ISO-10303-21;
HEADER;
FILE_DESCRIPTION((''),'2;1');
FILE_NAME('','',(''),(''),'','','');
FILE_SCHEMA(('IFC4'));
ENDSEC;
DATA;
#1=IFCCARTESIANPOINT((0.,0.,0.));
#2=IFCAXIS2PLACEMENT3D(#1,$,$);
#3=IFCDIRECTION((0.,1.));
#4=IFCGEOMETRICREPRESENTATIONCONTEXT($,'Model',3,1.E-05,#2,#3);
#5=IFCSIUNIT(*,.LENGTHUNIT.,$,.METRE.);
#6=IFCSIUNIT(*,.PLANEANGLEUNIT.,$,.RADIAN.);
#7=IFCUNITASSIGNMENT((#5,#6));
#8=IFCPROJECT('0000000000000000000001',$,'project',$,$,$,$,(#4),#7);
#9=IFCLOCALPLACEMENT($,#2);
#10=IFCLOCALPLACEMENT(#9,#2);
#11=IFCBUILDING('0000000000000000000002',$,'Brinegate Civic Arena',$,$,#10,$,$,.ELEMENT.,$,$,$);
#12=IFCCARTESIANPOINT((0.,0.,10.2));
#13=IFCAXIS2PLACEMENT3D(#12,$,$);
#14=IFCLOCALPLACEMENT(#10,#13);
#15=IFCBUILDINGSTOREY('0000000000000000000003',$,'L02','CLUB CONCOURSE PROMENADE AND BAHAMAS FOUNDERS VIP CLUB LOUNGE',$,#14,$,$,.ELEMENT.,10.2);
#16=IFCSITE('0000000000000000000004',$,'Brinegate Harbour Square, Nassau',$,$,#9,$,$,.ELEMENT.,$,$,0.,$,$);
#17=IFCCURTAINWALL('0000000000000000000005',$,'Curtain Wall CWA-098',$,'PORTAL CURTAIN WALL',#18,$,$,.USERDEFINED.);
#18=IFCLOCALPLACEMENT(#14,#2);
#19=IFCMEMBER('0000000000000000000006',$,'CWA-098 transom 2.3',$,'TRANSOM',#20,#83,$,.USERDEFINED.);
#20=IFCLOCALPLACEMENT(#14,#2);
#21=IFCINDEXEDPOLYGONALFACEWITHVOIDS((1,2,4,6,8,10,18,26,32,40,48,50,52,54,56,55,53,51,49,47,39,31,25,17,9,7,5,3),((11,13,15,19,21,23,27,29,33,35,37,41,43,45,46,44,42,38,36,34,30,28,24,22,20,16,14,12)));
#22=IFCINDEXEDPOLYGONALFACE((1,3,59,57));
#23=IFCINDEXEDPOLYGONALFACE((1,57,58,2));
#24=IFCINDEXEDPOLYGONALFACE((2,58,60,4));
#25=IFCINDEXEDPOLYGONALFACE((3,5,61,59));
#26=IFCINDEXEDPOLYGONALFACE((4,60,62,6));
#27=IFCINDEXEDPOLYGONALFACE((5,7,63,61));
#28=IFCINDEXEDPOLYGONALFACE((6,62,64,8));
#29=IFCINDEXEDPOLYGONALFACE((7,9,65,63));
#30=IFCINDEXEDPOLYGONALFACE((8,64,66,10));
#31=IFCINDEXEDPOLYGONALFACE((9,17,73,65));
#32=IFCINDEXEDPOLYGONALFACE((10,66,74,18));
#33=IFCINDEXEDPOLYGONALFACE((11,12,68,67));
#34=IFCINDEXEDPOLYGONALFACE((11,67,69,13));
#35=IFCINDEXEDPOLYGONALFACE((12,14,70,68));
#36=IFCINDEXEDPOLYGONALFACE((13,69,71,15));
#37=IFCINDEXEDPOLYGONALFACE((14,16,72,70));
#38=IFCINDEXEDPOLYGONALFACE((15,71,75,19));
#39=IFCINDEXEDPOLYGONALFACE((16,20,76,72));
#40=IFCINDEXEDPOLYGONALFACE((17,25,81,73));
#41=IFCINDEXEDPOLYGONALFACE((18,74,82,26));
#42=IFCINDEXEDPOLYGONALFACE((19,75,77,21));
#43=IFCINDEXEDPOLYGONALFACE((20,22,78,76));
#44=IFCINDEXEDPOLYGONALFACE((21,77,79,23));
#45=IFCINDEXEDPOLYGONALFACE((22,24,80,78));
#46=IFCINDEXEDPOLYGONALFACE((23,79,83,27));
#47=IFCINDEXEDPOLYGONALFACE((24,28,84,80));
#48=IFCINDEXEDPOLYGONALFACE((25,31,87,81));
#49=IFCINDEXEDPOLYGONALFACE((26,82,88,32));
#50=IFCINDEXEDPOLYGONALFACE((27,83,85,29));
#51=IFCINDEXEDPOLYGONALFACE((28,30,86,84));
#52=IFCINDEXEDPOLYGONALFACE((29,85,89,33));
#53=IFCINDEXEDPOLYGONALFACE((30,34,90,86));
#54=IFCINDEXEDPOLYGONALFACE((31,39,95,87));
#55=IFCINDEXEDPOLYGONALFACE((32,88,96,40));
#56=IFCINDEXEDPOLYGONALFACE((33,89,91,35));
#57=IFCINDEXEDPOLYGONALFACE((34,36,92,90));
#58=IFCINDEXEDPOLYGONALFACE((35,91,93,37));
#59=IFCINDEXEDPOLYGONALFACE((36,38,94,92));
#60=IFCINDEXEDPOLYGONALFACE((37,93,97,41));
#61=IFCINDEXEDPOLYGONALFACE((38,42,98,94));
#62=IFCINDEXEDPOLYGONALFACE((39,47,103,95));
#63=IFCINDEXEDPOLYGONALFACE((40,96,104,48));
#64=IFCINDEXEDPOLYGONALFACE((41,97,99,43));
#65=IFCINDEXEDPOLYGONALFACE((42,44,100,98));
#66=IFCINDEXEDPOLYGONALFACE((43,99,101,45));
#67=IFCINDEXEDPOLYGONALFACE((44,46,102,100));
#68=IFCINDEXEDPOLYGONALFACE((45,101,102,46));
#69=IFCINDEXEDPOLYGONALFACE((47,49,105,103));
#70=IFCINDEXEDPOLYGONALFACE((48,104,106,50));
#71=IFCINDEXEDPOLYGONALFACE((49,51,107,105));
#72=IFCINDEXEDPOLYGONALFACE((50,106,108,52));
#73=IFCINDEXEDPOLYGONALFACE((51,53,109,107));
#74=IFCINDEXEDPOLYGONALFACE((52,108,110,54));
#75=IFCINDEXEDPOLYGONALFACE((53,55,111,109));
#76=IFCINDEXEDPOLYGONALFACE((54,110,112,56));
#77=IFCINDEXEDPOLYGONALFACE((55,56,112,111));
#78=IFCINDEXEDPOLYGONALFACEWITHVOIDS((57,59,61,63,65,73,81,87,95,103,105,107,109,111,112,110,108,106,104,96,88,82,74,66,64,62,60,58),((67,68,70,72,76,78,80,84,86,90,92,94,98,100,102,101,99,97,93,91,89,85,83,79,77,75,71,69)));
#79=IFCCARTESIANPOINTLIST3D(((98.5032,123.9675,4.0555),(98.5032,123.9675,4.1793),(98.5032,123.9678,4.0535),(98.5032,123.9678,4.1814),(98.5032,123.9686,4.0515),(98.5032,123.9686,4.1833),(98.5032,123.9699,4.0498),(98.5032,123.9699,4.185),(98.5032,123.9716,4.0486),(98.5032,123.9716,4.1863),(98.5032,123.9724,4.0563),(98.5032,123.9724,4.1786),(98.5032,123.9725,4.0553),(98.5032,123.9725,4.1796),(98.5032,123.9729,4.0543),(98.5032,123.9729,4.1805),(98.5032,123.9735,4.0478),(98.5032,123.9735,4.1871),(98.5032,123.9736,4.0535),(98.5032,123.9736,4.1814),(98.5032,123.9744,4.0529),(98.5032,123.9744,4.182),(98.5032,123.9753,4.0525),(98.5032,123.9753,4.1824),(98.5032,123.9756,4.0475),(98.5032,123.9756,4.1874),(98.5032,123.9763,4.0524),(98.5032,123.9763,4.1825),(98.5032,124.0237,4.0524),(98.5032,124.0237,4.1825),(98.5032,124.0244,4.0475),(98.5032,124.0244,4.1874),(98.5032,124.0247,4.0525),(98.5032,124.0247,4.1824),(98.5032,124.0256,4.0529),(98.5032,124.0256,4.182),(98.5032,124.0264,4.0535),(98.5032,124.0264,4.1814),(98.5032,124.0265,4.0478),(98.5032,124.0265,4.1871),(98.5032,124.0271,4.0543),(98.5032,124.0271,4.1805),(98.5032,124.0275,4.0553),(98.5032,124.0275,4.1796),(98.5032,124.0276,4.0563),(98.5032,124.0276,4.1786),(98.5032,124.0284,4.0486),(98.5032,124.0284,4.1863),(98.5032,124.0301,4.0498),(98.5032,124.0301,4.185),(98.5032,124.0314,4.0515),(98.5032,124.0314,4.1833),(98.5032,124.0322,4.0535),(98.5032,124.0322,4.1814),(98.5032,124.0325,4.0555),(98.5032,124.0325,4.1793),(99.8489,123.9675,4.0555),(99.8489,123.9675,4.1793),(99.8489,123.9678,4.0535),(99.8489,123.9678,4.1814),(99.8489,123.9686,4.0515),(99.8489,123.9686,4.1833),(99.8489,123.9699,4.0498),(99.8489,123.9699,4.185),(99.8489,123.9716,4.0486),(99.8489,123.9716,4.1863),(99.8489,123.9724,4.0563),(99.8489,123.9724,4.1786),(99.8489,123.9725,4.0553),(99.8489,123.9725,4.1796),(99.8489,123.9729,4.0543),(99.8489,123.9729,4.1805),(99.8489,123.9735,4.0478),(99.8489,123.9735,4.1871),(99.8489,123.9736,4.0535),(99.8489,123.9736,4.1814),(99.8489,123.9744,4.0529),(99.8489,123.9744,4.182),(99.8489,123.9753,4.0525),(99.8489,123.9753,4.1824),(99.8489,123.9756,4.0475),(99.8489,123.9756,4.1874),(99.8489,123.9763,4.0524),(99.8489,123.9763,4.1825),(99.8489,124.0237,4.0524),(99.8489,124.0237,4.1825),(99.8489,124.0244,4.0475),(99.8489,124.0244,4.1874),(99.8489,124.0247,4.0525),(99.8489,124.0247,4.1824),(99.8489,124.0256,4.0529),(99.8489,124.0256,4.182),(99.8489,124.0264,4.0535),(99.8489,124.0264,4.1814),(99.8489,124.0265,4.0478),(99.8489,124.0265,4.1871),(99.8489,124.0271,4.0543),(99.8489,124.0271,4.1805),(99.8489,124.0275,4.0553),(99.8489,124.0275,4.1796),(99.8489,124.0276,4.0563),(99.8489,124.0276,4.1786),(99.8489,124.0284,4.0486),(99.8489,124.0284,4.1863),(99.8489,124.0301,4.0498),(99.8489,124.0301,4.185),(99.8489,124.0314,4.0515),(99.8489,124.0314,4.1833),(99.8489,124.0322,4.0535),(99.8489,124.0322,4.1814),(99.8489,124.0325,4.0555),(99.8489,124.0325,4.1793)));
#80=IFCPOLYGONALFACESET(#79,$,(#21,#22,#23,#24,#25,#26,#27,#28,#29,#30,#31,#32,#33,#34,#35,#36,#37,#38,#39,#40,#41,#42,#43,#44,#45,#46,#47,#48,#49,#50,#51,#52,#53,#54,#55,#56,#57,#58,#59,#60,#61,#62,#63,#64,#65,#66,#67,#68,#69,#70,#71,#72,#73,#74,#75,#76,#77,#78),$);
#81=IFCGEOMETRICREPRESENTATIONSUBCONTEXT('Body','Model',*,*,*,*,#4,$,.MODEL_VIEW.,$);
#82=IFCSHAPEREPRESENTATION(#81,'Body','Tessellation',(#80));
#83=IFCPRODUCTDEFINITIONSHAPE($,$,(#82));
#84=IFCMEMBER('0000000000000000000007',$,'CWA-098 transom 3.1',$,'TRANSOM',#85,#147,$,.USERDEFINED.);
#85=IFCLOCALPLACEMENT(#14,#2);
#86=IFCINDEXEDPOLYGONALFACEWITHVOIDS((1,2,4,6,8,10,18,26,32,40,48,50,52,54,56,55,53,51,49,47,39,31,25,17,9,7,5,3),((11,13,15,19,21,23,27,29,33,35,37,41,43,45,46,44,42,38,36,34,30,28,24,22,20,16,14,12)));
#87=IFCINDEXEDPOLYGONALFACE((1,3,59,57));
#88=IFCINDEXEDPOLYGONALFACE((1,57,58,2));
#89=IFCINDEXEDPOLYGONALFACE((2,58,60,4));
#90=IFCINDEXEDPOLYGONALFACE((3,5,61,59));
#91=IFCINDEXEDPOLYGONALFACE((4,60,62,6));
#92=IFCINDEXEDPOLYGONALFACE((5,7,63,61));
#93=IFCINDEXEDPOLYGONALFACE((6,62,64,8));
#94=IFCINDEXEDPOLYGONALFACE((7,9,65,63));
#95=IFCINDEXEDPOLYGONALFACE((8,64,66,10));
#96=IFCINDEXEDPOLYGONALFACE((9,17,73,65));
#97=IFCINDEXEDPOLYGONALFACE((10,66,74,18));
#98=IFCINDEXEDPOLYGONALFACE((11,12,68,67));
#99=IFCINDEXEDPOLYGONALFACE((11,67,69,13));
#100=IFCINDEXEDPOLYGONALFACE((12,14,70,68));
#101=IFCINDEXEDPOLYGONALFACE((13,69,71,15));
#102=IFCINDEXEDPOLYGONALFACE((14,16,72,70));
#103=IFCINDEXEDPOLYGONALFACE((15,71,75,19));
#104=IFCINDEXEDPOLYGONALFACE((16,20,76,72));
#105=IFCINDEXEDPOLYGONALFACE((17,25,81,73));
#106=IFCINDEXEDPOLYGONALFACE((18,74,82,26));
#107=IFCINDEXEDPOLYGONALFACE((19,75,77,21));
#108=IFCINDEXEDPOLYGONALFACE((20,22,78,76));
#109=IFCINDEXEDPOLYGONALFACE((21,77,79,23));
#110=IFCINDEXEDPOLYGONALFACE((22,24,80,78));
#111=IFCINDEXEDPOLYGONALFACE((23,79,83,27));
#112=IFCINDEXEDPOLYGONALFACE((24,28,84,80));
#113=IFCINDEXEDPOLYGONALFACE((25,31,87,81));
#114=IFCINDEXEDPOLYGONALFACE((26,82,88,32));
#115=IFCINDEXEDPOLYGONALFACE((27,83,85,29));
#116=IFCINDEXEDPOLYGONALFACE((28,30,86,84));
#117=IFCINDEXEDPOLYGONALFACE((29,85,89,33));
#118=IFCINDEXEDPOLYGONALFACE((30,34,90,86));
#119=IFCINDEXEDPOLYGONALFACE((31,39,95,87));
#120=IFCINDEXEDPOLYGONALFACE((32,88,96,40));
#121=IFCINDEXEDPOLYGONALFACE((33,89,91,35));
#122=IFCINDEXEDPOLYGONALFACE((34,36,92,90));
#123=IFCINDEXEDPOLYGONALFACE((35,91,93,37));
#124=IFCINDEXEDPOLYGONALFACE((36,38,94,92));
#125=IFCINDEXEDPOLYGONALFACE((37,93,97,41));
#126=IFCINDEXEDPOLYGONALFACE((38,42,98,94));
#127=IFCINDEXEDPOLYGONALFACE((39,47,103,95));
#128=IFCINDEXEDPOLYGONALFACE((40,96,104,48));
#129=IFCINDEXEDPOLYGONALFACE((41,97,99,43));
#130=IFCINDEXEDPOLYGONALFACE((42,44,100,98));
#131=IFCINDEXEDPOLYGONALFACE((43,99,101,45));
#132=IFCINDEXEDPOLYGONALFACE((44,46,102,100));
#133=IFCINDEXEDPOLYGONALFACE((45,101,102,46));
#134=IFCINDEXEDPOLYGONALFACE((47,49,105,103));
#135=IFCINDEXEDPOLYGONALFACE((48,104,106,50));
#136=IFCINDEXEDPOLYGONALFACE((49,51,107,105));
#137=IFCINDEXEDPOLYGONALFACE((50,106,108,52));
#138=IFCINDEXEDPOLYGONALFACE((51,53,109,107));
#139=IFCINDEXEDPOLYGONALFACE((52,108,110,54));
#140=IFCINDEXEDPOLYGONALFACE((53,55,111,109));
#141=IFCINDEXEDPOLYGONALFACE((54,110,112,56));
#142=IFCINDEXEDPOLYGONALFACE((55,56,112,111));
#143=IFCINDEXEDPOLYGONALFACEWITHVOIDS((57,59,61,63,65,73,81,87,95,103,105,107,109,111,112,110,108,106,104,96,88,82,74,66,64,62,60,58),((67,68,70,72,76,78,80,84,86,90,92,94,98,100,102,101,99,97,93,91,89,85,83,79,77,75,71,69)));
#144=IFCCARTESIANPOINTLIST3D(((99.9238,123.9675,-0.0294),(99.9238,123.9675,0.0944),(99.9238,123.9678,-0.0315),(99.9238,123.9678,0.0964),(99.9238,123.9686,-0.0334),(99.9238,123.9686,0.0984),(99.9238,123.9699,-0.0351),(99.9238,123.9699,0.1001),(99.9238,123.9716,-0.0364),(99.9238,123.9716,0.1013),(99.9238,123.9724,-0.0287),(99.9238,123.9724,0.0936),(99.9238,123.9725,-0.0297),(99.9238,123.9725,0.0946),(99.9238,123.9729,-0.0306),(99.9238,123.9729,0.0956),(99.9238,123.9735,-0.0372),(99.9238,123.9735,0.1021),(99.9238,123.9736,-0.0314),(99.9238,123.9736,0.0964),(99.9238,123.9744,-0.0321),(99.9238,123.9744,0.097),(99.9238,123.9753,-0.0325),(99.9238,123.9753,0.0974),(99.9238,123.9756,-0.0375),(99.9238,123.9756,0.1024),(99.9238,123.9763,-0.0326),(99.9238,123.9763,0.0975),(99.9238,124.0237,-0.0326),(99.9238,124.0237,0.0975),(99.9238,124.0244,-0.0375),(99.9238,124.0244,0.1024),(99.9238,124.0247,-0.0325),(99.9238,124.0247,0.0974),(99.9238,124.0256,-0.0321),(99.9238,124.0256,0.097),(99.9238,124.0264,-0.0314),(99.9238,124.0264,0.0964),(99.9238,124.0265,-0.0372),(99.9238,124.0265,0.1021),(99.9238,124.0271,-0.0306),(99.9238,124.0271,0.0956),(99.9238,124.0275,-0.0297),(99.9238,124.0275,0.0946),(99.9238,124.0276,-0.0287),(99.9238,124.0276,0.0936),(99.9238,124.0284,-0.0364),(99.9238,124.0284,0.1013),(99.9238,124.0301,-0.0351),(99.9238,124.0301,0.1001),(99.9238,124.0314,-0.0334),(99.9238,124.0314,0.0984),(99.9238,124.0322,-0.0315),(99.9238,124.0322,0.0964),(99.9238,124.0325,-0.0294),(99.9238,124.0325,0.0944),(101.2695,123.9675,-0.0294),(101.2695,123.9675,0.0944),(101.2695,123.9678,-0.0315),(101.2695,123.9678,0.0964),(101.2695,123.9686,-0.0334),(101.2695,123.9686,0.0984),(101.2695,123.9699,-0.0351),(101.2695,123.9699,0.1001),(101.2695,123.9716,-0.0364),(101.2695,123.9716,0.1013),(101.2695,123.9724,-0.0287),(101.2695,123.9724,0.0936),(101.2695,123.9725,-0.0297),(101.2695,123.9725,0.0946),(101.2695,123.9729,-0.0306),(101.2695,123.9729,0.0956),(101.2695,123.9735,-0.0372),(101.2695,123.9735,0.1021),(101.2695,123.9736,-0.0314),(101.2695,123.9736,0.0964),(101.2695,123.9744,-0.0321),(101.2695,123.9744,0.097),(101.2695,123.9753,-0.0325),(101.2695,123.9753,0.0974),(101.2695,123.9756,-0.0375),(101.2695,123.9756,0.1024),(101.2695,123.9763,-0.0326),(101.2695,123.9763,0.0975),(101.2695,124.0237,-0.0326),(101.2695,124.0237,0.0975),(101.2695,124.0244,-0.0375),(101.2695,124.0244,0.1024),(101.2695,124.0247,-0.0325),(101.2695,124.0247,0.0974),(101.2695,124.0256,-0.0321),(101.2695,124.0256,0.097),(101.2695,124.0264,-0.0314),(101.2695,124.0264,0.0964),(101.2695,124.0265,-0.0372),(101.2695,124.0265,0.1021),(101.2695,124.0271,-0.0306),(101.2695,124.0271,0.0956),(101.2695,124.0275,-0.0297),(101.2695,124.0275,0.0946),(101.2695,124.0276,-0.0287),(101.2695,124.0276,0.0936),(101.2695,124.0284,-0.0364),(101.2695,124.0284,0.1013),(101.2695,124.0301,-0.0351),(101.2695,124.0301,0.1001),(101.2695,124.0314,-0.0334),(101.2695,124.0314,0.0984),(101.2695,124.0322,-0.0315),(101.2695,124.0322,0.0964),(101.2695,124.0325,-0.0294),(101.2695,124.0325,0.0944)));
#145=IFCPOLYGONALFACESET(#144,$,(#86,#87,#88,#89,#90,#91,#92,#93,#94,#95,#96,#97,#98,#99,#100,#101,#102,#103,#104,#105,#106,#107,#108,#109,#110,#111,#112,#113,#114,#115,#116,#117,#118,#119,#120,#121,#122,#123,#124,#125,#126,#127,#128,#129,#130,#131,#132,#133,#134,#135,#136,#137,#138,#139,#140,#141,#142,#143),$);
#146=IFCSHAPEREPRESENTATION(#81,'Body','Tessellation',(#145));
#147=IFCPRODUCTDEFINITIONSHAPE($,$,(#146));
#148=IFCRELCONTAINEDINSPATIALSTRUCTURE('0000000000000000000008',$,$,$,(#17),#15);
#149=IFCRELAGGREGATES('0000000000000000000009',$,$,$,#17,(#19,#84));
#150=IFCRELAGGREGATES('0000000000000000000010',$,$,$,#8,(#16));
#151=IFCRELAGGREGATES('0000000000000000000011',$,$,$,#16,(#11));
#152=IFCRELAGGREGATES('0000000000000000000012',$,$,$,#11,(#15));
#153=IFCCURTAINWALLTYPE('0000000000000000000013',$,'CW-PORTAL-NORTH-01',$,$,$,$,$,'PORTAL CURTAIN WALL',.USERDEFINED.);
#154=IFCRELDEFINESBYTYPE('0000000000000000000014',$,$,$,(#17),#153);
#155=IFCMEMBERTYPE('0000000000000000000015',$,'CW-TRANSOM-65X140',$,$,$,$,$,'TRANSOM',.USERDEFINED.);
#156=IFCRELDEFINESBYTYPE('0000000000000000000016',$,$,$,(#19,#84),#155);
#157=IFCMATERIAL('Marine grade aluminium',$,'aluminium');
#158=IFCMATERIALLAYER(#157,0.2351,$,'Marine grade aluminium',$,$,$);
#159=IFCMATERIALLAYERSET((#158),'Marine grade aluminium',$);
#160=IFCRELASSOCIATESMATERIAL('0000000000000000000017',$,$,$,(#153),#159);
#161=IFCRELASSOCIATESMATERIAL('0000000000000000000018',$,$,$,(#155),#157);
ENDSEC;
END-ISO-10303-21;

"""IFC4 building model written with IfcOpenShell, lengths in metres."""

from ifc_helpers import new_model, si_unit, direction, frame, origin, origin_2d, place, context, subcontext, project, spatial, hollow_rectangle, extrude, material, layer, layer_set, material_profile, profile_set, type_object, element, aggregate, save


model = new_model("IFC4")

# Units and contexts
model_context = context("Model", 3, precision=1e-05, world=origin(), true_north=direction((0.0, 1.0)))
body_context = subcontext(model_context, "Body", "Model", "MODEL_VIEW")
ifc_project = project(units=[si_unit("LENGTHUNIT", "METRE"), si_unit("PLANEANGLEUNIT", "RADIAN")], contexts=[model_context])

# Site, building, storey
site_placement = place(None, origin())
site = spatial("IfcSite", under=ifc_project, at=site_placement, Name="Brinegate Harbour Square, Nassau", CompositionType="ELEMENT", RefElevation=0.0)
building_placement = place(site_placement, origin())
building = spatial("IfcBuilding", under=site, at=building_placement, Name="Brinegate Civic Arena", CompositionType="ELEMENT")
storey_placement = place(building_placement, frame((0.0, 0.0, 10.2)))
storey = spatial("IfcBuildingStorey", under=building, at=storey_placement, Name="L02", Description="CLUB CONCOURSE PROMENADE AND BAHAMAS FOUNDERS VIP CLUB LOUNGE", CompositionType="ELEMENT", Elevation=10.2)

# Curtain wall, members
ifc_material_1 = material(Name="Marine grade aluminium", Category="aluminium")
ifc_layer_1 = layer(ifc_material_1, 0.2351, Name="Marine grade aluminium")
ifc_layer_set_1 = layer_set([ifc_layer_1], Name="Marine grade aluminium")
curtain_wall_type = type_object("IfcCurtainWallType", Name="CW-PORTAL-NORTH-01", ElementType="PORTAL CURTAIN WALL", PredefinedType="USERDEFINED", material=ifc_layer_set_1)
curtain_wall_placement = place(storey_placement, origin())
curtain_wall = element("IfcCurtainWall", 1, at=curtain_wall_placement, inside=storey, type_object=curtain_wall_type, Name="Curtain Wall CWA-098", ObjectType="PORTAL CURTAIN WALL", PredefinedType="USERDEFINED")
ifc_material_profile_1 = material_profile(ifc_material_1, hollow_rectangle(XDim=0.0649, YDim=0.1399, WallThickness=0.0049, InnerFilletRadius=0.0039, OuterFilletRadius=0.0081, at=origin_2d()), Name="TRN65X140")
ifc_profile_set_1 = profile_set([ifc_material_profile_1], Name="Marine grade aluminium")
member_type_1 = type_object("IfcMemberType", Name="CW-TRANSOM-65X140", ElementType="TRANSOM", PredefinedType="USERDEFINED", material=ifc_profile_set_1)
member_1_placement = place(storey_placement, frame((98.5032, 124.0, 4.1174), z_axis=(1.0, 0.0, 0.0), x_axis=(0.0, 1.0, 0.0)))
member_1 = element("IfcMember", 2, at=member_1_placement, type_object=member_type_1, Name="CWA-098 transom 2.3", ObjectType="TRANSOM", PredefinedType="USERDEFINED", context=body_context, shape_type="SweptSolid", body=[
    extrude(hollow_rectangle(XDim=0.0649, YDim=0.1399, WallThickness=0.0049, InnerFilletRadius=0.0039, OuterFilletRadius=0.0081, at=origin_2d()), origin(), (0.0, 0.0, 1.0), 1.3457),
])
member_2_placement = place(storey_placement, frame((99.9238, 124.0, 0.0325), z_axis=(1.0, 0.0, 0.0), x_axis=(0.0, 1.0, 0.0)))
member_2 = element("IfcMember", 3, at=member_2_placement, type_object=member_type_1, Name="CWA-098 transom 3.1", ObjectType="TRANSOM", PredefinedType="USERDEFINED", context=body_context, shape_type="SweptSolid", body=[
    extrude(hollow_rectangle(XDim=0.0649, YDim=0.1399, WallThickness=0.0049, InnerFilletRadius=0.0039, OuterFilletRadius=0.0081, at=origin_2d()), origin(), (0.0, 0.0, 1.0), 1.3457),
])

aggregate(curtain_wall, [member_1, member_2])

save(model, "model.ifc")
